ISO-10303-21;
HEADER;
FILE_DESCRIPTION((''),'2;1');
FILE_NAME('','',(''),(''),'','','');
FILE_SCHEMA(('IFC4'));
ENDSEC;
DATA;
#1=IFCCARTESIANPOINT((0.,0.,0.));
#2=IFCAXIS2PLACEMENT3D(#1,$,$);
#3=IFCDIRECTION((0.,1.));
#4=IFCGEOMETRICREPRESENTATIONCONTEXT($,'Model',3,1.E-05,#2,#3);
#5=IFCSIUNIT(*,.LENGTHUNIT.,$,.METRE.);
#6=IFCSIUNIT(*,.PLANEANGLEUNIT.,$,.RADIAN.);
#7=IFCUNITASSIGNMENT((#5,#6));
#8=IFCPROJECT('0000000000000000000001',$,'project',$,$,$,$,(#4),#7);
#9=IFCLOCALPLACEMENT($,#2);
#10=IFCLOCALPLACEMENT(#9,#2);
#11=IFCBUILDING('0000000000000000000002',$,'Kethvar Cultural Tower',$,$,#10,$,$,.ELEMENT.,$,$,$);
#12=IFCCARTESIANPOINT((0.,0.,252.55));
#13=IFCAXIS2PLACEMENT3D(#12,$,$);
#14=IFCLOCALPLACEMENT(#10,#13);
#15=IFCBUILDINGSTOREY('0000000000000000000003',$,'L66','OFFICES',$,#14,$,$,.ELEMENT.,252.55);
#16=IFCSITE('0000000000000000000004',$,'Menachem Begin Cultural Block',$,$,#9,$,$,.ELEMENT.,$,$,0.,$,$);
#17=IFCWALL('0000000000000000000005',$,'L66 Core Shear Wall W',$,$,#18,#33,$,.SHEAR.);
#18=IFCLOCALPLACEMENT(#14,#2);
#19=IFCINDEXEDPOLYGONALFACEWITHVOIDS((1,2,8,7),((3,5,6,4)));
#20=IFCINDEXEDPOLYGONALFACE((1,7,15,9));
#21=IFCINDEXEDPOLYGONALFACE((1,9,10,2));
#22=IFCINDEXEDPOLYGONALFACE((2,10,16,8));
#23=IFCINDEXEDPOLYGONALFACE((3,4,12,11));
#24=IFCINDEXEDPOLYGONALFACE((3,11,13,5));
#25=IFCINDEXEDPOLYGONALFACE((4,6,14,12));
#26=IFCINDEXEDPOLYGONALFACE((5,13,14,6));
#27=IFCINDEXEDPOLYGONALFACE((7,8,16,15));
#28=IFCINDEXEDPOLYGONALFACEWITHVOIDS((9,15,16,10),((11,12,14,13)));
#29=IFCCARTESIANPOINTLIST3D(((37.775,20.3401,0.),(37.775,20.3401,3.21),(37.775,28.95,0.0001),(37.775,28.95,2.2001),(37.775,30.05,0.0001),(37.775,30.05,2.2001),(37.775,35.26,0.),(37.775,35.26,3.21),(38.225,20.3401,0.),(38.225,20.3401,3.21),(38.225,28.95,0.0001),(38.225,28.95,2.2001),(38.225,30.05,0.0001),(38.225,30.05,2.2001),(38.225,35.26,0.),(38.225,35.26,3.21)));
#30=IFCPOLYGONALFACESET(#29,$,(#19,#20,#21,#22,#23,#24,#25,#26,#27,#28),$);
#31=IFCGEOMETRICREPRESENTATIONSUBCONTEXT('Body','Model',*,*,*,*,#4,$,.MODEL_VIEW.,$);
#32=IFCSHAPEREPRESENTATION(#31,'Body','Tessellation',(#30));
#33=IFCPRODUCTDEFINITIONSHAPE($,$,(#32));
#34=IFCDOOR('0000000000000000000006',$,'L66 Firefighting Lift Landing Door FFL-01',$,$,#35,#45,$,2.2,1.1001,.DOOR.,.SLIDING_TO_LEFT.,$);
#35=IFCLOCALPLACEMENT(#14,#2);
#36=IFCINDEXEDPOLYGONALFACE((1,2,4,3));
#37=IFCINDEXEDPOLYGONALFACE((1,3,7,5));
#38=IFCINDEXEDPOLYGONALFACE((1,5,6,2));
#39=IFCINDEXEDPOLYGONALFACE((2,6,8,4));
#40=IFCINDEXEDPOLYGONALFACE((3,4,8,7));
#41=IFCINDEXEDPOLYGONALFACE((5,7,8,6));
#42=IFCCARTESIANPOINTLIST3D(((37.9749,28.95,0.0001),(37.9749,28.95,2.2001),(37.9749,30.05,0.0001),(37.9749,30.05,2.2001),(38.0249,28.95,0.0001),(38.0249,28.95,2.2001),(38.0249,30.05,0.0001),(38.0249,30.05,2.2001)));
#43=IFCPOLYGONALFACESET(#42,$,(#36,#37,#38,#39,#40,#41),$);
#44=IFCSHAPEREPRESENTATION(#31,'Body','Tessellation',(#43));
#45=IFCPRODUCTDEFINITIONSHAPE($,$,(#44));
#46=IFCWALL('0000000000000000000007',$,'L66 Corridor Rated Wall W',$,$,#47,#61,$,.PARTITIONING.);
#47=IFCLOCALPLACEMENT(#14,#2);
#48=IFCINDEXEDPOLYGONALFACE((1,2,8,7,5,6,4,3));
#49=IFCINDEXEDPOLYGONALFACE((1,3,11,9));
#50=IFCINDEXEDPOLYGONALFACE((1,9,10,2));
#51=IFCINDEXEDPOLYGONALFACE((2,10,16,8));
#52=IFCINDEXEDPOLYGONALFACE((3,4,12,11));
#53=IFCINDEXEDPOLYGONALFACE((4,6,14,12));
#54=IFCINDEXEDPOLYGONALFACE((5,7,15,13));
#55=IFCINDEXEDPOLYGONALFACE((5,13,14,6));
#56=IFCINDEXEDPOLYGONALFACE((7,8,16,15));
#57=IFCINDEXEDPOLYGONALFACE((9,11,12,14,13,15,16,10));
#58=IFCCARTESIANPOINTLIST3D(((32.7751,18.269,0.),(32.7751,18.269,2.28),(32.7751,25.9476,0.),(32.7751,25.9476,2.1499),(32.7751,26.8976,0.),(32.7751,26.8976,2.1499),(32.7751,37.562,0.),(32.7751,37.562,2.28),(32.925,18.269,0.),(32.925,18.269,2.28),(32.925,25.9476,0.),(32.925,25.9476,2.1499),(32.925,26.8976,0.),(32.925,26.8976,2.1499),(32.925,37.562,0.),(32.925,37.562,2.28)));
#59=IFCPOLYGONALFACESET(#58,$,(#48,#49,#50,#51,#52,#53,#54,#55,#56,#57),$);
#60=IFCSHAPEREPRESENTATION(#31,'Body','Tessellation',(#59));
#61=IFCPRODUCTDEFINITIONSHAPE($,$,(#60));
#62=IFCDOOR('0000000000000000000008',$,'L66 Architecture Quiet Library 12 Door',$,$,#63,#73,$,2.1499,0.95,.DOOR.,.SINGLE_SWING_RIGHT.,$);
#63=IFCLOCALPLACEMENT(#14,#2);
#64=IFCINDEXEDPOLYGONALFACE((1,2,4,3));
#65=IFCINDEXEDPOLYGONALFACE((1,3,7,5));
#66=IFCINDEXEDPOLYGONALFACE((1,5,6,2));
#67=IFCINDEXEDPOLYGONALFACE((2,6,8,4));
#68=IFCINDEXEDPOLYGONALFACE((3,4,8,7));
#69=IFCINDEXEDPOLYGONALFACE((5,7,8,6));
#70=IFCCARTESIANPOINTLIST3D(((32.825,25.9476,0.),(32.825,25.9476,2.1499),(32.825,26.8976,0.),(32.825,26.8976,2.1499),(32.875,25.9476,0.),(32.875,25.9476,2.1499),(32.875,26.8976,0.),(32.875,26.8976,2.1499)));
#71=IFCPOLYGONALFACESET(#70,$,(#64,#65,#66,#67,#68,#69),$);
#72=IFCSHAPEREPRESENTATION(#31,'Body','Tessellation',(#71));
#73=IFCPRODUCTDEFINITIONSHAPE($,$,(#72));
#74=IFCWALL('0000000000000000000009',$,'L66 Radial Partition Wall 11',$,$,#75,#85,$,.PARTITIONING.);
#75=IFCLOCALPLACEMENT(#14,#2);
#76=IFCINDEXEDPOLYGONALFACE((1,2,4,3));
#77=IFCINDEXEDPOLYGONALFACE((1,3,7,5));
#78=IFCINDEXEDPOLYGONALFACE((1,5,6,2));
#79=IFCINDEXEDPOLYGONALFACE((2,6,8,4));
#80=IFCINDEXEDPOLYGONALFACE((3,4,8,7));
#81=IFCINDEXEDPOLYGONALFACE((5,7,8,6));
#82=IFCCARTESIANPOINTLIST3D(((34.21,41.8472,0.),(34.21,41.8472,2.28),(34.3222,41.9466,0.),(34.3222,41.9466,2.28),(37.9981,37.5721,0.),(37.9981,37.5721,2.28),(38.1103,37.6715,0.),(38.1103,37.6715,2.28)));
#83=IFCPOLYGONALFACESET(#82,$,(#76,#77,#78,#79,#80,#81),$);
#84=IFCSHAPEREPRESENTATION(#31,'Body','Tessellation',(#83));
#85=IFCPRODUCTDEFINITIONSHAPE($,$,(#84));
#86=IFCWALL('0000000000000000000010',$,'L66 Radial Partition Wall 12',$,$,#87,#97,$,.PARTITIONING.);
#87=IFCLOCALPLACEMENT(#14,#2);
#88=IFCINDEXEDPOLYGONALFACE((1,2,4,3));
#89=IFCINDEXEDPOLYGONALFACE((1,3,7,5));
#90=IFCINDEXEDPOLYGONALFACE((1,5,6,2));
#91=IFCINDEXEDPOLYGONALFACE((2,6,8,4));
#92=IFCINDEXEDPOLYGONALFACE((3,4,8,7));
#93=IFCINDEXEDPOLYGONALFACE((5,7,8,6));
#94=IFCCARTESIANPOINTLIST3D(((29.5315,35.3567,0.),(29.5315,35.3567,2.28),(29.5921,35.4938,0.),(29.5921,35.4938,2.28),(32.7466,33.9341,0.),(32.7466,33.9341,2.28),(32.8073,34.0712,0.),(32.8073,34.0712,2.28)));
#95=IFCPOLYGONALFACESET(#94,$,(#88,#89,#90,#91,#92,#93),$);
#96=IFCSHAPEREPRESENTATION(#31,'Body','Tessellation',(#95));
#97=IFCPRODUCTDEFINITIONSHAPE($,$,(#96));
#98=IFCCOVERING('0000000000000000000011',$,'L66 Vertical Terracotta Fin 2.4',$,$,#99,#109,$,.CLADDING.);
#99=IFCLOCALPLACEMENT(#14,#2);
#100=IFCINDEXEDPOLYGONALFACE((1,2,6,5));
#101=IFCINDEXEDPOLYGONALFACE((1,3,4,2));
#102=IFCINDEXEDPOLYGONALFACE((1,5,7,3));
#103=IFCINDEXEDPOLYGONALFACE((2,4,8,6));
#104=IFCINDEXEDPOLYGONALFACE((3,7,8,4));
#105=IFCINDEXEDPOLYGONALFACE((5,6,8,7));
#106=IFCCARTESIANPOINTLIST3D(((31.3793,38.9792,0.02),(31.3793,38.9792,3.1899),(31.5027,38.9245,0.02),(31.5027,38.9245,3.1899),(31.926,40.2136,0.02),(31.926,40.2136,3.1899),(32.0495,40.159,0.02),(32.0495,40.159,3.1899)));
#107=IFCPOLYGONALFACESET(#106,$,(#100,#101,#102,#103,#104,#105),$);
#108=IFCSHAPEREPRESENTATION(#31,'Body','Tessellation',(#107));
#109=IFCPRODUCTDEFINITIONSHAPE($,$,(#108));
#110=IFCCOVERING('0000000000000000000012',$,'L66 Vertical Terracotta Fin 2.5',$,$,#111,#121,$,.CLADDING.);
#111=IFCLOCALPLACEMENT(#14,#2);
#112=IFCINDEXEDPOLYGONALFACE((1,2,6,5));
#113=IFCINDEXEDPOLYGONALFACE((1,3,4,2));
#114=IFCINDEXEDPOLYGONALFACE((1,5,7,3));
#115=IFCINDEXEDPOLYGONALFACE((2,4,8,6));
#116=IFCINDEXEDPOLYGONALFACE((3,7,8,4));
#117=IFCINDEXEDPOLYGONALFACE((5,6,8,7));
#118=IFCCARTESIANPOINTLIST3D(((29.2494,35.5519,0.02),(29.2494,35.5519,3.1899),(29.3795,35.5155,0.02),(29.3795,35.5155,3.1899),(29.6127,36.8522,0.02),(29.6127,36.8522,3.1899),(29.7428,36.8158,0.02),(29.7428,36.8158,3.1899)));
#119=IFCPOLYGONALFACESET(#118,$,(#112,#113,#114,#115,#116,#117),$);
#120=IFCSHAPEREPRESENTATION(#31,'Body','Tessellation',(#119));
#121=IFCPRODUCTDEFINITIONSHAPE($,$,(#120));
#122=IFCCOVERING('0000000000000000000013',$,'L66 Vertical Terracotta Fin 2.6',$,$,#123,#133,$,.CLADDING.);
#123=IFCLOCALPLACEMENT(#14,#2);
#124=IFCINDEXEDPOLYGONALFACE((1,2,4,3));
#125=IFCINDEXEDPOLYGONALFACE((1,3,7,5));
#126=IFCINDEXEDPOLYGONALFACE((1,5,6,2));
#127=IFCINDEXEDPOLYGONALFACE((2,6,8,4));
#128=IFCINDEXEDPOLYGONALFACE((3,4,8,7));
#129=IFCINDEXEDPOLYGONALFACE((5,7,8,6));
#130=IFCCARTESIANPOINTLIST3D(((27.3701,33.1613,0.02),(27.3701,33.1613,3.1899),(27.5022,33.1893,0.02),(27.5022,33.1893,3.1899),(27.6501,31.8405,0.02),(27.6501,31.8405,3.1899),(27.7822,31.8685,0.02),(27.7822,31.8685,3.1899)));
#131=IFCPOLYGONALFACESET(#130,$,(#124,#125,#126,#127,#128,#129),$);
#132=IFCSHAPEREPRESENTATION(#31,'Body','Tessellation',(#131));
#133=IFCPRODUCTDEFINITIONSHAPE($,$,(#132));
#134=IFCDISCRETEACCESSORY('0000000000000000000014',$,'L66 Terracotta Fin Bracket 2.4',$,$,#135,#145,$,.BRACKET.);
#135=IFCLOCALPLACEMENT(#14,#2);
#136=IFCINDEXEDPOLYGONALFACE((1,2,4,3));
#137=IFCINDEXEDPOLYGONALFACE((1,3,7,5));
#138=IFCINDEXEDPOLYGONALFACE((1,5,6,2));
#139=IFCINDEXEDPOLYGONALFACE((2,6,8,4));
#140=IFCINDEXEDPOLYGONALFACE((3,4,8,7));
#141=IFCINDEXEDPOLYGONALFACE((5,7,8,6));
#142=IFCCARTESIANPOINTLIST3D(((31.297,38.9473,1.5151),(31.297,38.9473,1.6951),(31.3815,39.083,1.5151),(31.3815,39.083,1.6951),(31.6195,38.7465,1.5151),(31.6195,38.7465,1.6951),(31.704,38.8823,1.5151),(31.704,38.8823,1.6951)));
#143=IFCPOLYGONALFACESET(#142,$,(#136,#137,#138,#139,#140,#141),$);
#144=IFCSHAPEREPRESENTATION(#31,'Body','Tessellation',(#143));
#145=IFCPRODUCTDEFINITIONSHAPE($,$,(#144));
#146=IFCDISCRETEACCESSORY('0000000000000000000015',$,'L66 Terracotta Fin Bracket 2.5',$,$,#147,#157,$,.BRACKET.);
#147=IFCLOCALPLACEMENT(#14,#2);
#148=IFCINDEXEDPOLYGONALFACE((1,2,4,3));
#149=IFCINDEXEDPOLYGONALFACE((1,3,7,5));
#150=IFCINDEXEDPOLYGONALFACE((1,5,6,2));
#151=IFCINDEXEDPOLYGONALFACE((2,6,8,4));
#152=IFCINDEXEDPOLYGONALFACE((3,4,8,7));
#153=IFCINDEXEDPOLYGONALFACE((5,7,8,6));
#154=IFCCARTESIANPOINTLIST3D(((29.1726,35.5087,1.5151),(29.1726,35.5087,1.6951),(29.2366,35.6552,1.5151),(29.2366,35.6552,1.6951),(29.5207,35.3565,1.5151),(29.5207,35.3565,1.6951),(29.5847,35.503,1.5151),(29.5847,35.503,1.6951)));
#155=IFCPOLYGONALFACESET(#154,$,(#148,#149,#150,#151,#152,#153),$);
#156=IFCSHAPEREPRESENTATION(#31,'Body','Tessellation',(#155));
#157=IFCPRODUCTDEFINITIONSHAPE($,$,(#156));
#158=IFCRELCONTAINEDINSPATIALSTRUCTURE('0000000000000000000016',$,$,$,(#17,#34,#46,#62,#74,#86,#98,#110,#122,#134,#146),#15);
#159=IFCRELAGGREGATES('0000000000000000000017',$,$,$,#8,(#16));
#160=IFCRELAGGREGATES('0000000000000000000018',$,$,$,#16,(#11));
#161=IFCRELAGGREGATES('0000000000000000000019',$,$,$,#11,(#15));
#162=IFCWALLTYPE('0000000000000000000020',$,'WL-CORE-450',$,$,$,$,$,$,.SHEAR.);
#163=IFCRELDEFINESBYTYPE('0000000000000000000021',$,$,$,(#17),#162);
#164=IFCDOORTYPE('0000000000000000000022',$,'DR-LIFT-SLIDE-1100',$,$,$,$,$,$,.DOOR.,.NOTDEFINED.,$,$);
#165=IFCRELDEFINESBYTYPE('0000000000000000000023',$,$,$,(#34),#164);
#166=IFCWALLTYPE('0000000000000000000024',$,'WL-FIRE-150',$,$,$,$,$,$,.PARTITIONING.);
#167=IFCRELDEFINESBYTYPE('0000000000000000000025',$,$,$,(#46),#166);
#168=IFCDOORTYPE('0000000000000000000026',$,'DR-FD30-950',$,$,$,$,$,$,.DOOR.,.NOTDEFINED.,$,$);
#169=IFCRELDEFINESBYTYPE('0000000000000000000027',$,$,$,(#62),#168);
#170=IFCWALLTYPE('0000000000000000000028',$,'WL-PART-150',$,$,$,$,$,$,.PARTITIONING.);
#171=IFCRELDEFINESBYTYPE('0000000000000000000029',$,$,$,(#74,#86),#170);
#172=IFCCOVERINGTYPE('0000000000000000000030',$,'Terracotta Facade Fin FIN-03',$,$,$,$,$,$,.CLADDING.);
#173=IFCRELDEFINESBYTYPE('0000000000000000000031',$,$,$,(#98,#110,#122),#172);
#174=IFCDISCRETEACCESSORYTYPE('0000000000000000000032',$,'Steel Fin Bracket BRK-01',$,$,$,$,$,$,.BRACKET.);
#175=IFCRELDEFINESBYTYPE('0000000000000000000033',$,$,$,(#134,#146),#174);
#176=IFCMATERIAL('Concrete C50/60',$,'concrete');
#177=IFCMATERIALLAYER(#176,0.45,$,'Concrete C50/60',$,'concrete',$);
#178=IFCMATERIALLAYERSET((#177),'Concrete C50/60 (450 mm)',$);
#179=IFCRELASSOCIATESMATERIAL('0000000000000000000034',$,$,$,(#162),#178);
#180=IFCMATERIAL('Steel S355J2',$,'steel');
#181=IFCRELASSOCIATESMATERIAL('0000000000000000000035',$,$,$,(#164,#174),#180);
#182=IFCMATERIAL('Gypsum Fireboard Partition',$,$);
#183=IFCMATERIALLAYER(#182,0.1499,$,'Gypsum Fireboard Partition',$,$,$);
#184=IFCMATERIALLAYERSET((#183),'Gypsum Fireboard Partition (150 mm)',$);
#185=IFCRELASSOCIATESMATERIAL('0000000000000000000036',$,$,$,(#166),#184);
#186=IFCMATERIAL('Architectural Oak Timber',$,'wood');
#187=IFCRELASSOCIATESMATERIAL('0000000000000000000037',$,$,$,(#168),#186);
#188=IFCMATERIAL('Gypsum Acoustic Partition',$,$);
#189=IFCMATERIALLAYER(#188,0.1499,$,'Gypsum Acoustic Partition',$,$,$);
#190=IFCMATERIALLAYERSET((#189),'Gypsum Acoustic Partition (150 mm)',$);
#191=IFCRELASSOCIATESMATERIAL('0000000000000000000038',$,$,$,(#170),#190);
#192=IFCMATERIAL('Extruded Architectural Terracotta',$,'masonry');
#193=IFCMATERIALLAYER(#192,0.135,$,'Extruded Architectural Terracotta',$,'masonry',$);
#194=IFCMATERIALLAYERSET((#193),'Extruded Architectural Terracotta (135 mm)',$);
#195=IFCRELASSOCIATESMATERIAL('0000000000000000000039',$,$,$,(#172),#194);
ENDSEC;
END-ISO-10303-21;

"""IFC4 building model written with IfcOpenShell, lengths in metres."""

from ifc_helpers import new_model, si_unit, direction, frame, frame_2d, origin, origin_2d, place, context, subcontext, project, spatial, rectangle, extrude, source, transform, mapped, material, layer, layer_set, type_object, element, fill, save


model = new_model("IFC4")

# Units and contexts
model_context = context("Model", 3, precision=1e-05, world=origin(), true_north=direction((0.0, 1.0)))
body_context = subcontext(model_context, "Body", "Model", "MODEL_VIEW")
ifc_project = project(units=[si_unit("LENGTHUNIT", "METRE"), si_unit("PLANEANGLEUNIT", "RADIAN")], contexts=[model_context])

# Site, building, storey
site_placement = place(None, origin())
site = spatial("IfcSite", under=ifc_project, at=site_placement, Name="Menachem Begin Cultural Block", CompositionType="ELEMENT", RefElevation=0.0)
building_placement = place(site_placement, origin())
building = spatial("IfcBuilding", under=site, at=building_placement, Name="Kethvar Cultural Tower", CompositionType="ELEMENT")
storey_placement = place(building_placement, frame((0.0, 0.0, 252.55)))
storey = spatial("IfcBuildingStorey", under=building, at=storey_placement, Name="L66", Description="OFFICES", CompositionType="ELEMENT", Elevation=252.55)

# Shared definitions
ifc_material_1 = material(Name="Steel S355J2", Category="steel")

# Walls, openings, doors
ifc_material_2 = material(Name="Concrete C50/60", Category="concrete")
ifc_layer_1 = layer(ifc_material_2, 0.45, Name="Concrete C50/60", Category="concrete")
ifc_layer_set_1 = layer_set([ifc_layer_1], Name="Concrete C50/60 (450 mm)")
wall_type_1 = type_object("IfcWallType", Name="WL-CORE-450", PredefinedType="SHEAR", material=ifc_layer_set_1)
wall_1_placement = place(storey_placement, frame((38.0, 35.26, 0.0), z_axis=(0.0, 0.0, 1.0), x_axis=(0.0, -1.0, 0.0)))
wall_1 = element("IfcWall", 1, at=wall_1_placement, inside=storey, type_object=wall_type_1, Name="L66 Core Shear Wall W", PredefinedType="SHEAR", context=body_context, shape_type="SweptSolid", body=[
    extrude(rectangle(XDim=14.9199, YDim=0.45, at=frame_2d((7.46, 0.0))), origin(), (0.0, 0.0, 1.0), 3.21),
])
opening_1_placement = place(wall_1_placement, frame((5.21, 0.0, 0.0)))
opening_1 = element("IfcOpeningElement", 2, at=opening_1_placement, cuts=wall_1, PredefinedType="OPENING", context=body_context, shape_type="SweptSolid", body=[
    extrude(rectangle(XDim=1.1001, YDim=2.2, at=frame_2d((0.55, 1.1001))), frame((0.0, 0.2349, 0.0), z_axis=(0.0, -1.0, 0.0), x_axis=(1.0, 0.0, 0.0)), (0.0, 0.0, 1.0), 0.47),
])
door_type_1 = type_object("IfcDoorType", Name="DR-LIFT-SLIDE-1100", OperationType="NOTDEFINED", PredefinedType="DOOR", material=ifc_material_1)
shared_shape_1 = source(origin(), body_context, "Body", "SweptSolid", [
    extrude(rectangle(XDim=1.1001, YDim=2.2, at=frame_2d((0.55, 1.1001))), frame((0.0, 0.0249, 0.0), z_axis=(0.0, -1.0, 0.0), x_axis=(1.0, 0.0, 0.0)), (0.0, 0.0, 1.0), 0.05),
])
door_1_placement = place(opening_1_placement, origin())
door_1 = element("IfcDoor", 3, at=door_1_placement, inside=storey, type_object=door_type_1, Name="L66 Firefighting Lift Landing Door FFL-01", OperationType="SLIDING_TO_LEFT", OverallHeight=2.2, OverallWidth=1.1001, PredefinedType="DOOR", context=body_context, shape_type="MappedRepresentation", body=[
    mapped(shared_shape_1, transform((0.0, 0.0, 0.0), scale=1.0)),
])
fill(opening_1, door_1)
ifc_material_3 = material(Name="Gypsum Fireboard Partition")
ifc_layer_2 = layer(ifc_material_3, 0.1499, Name="Gypsum Fireboard Partition")
ifc_layer_set_2 = layer_set([ifc_layer_2], Name="Gypsum Fireboard Partition (150 mm)")
wall_type_2 = type_object("IfcWallType", Name="WL-FIRE-150", PredefinedType="PARTITIONING", material=ifc_layer_set_2)
wall_2_placement = place(storey_placement, frame((32.8501, 37.562, 0.0), z_axis=(0.0, 0.0, 1.0), x_axis=(0.0, -1.0, 0.0)))
wall_2 = element("IfcWall", 4, at=wall_2_placement, inside=storey, type_object=wall_type_2, Name="L66 Corridor Rated Wall W", PredefinedType="PARTITIONING", context=body_context, shape_type="SweptSolid", body=[
    extrude(rectangle(XDim=19.293, YDim=0.1499, at=frame_2d((9.6465, 0.0))), origin(), (0.0, 0.0, 1.0), 2.28),
])
opening_2_placement = place(wall_2_placement, frame((10.6643, 0.0, 0.0)))
opening_2 = element("IfcOpeningElement", 5, at=opening_2_placement, cuts=wall_2, PredefinedType="OPENING", context=body_context, shape_type="SweptSolid", body=[
    extrude(rectangle(XDim=0.95, YDim=2.1499, at=frame_2d((0.4751, 1.075))), frame((0.0, 0.085, 0.0), z_axis=(0.0, -1.0, 0.0), x_axis=(1.0, 0.0, 0.0)), (0.0, 0.0, 1.0), 0.1699),
])
ifc_material_4 = material(Name="Architectural Oak Timber", Category="wood")
door_type_2 = type_object("IfcDoorType", Name="DR-FD30-950", OperationType="NOTDEFINED", PredefinedType="DOOR", material=ifc_material_4)
shared_shape_2 = source(origin(), body_context, "Body", "SweptSolid", [
    extrude(rectangle(XDim=0.95, YDim=2.1499, at=frame_2d((0.4751, 1.075))), frame((0.0, 0.0249, 0.0), z_axis=(0.0, -1.0, 0.0), x_axis=(1.0, 0.0, 0.0)), (0.0, 0.0, 1.0), 0.05),
])
door_2_placement = place(opening_2_placement, origin())
door_2 = element("IfcDoor", 6, at=door_2_placement, inside=storey, type_object=door_type_2, Name="L66 Architecture Quiet Library 12 Door", OperationType="SINGLE_SWING_RIGHT", OverallHeight=2.1499, OverallWidth=0.95, PredefinedType="DOOR", context=body_context, shape_type="MappedRepresentation", body=[
    mapped(shared_shape_2, transform((0.0, 0.0, 0.0), scale=1.0)),
])
fill(opening_2, door_2)

# Walls
ifc_material_5 = material(Name="Gypsum Acoustic Partition")
ifc_layer_3 = layer(ifc_material_5, 0.1499, Name="Gypsum Acoustic Partition")
ifc_layer_set_3 = layer_set([ifc_layer_3], Name="Gypsum Acoustic Partition (150 mm)")
wall_type_3 = type_object("IfcWallType", Name="WL-PART-150", PredefinedType="PARTITIONING", material=ifc_layer_set_3)
wall_3_placement = place(storey_placement, frame((38.0542, 37.6218, 0.0), z_axis=(0.0, 0.0, 1.0), x_axis=(-0.663185, 0.748455, 0.0)))
element("IfcWall", 7, at=wall_3_placement, inside=storey, type_object=wall_type_3, Name="L66 Radial Partition Wall 11", PredefinedType="PARTITIONING", context=body_context, shape_type="SweptSolid", body=[
    extrude(rectangle(XDim=5.7119, YDim=0.1499, at=frame_2d((2.856, 0.0))), origin(), (0.0, 0.0, 1.0), 2.28),
])
wall_4_placement = place(storey_placement, frame((32.7769, 34.0027, 0.0), z_axis=(0.0, 0.0, 1.0), x_axis=(-0.914478, 0.404637, 0.0)))
element("IfcWall", 8, at=wall_4_placement, inside=storey, type_object=wall_type_3, Name="L66 Radial Partition Wall 12", PredefinedType="PARTITIONING", context=body_context, shape_type="SweptSolid", body=[
    extrude(rectangle(XDim=3.5159, YDim=0.1499, at=frame_2d((1.7578, 0.0))), origin(), (0.0, 0.0, 1.0), 2.28),
])

# Coverings
ifc_material_6 = material(Name="Extruded Architectural Terracotta", Category="masonry")
ifc_layer_4 = layer(ifc_material_6, 0.135, Name="Extruded Architectural Terracotta", Category="masonry")
ifc_layer_set_4 = layer_set([ifc_layer_4], Name="Extruded Architectural Terracotta (135 mm)")
covering_type = type_object("IfcCoveringType", Name="Terracotta Facade Fin FIN-03", PredefinedType="CLADDING", material=ifc_layer_set_4)
shared_shape_3 = source(origin(), body_context, "Body", "SweptSolid", [
    extrude(rectangle(XDim=1.3501, YDim=0.135, at=origin_2d()), origin(), (0.0, 0.0, 1.0), 3.1699),
])
for number, where, z_axis, x_axis, name in (
    (9, (31.7144, 39.5691, 0.02), (0.0, 0.0, 1.0), (0.404982, 0.914325, 0.0), "L66 Vertical Terracotta Fin 2.4"),
    (10, (29.4961, 36.1838, 0.02), (0.0, 0.0, 1.0), (0.269088, 0.963116, 0.0), "L66 Vertical Terracotta Fin 2.5"),
    (11, (27.5762, 32.5149, 0.02), (0.0, 0.0, 1.0), (-0.2074, 0.978256, 0.0), "L66 Vertical Terracotta Fin 2.6"),
):
    element("IfcCovering", number, at=place(storey_placement, frame(where, z_axis=z_axis, x_axis=x_axis)), inside=storey, type_object=covering_type, Name=name, PredefinedType="CLADDING", context=body_context, shape_type="MappedRepresentation", body=[
        mapped(shared_shape_3, transform((0.0, 0.0, 0.0), scale=1.0)),
    ])

# Discrete accessories
discrete_accessory_type = type_object("IfcDiscreteAccessoryType", Name="Steel Fin Bracket BRK-01", PredefinedType="BRACKET", material=ifc_material_1)
shared_shape_4 = source(origin(), body_context, "Body", "SweptSolid", [
    extrude(rectangle(XDim=0.3799, YDim=0.1599, at=origin_2d()), origin(), (0.0, 0.0, 1.0), 0.1799),
])
for number, where, z_axis, x_axis, name in (
    (12, (31.5005, 38.9148, 1.5151), (0.0, 0.0, 1.0), (-0.848972, 0.528438, 0.0), "L66 Terracotta Fin Bracket 2.4"),
    (13, (29.3787, 35.5059, 1.5151), (0.0, 0.0, 1.0), (-0.916293, 0.400509, 0.0), "L66 Terracotta Fin Bracket 2.5"),
):
    element("IfcDiscreteAccessory", number, at=place(storey_placement, frame(where, z_axis=z_axis, x_axis=x_axis)), inside=storey, type_object=discrete_accessory_type, Name=name, PredefinedType="BRACKET", context=body_context, shape_type="MappedRepresentation", body=[
        mapped(shared_shape_4, transform((0.0, 0.0, 0.0), scale=1.0)),
    ])

save(model, "model.ifc")
